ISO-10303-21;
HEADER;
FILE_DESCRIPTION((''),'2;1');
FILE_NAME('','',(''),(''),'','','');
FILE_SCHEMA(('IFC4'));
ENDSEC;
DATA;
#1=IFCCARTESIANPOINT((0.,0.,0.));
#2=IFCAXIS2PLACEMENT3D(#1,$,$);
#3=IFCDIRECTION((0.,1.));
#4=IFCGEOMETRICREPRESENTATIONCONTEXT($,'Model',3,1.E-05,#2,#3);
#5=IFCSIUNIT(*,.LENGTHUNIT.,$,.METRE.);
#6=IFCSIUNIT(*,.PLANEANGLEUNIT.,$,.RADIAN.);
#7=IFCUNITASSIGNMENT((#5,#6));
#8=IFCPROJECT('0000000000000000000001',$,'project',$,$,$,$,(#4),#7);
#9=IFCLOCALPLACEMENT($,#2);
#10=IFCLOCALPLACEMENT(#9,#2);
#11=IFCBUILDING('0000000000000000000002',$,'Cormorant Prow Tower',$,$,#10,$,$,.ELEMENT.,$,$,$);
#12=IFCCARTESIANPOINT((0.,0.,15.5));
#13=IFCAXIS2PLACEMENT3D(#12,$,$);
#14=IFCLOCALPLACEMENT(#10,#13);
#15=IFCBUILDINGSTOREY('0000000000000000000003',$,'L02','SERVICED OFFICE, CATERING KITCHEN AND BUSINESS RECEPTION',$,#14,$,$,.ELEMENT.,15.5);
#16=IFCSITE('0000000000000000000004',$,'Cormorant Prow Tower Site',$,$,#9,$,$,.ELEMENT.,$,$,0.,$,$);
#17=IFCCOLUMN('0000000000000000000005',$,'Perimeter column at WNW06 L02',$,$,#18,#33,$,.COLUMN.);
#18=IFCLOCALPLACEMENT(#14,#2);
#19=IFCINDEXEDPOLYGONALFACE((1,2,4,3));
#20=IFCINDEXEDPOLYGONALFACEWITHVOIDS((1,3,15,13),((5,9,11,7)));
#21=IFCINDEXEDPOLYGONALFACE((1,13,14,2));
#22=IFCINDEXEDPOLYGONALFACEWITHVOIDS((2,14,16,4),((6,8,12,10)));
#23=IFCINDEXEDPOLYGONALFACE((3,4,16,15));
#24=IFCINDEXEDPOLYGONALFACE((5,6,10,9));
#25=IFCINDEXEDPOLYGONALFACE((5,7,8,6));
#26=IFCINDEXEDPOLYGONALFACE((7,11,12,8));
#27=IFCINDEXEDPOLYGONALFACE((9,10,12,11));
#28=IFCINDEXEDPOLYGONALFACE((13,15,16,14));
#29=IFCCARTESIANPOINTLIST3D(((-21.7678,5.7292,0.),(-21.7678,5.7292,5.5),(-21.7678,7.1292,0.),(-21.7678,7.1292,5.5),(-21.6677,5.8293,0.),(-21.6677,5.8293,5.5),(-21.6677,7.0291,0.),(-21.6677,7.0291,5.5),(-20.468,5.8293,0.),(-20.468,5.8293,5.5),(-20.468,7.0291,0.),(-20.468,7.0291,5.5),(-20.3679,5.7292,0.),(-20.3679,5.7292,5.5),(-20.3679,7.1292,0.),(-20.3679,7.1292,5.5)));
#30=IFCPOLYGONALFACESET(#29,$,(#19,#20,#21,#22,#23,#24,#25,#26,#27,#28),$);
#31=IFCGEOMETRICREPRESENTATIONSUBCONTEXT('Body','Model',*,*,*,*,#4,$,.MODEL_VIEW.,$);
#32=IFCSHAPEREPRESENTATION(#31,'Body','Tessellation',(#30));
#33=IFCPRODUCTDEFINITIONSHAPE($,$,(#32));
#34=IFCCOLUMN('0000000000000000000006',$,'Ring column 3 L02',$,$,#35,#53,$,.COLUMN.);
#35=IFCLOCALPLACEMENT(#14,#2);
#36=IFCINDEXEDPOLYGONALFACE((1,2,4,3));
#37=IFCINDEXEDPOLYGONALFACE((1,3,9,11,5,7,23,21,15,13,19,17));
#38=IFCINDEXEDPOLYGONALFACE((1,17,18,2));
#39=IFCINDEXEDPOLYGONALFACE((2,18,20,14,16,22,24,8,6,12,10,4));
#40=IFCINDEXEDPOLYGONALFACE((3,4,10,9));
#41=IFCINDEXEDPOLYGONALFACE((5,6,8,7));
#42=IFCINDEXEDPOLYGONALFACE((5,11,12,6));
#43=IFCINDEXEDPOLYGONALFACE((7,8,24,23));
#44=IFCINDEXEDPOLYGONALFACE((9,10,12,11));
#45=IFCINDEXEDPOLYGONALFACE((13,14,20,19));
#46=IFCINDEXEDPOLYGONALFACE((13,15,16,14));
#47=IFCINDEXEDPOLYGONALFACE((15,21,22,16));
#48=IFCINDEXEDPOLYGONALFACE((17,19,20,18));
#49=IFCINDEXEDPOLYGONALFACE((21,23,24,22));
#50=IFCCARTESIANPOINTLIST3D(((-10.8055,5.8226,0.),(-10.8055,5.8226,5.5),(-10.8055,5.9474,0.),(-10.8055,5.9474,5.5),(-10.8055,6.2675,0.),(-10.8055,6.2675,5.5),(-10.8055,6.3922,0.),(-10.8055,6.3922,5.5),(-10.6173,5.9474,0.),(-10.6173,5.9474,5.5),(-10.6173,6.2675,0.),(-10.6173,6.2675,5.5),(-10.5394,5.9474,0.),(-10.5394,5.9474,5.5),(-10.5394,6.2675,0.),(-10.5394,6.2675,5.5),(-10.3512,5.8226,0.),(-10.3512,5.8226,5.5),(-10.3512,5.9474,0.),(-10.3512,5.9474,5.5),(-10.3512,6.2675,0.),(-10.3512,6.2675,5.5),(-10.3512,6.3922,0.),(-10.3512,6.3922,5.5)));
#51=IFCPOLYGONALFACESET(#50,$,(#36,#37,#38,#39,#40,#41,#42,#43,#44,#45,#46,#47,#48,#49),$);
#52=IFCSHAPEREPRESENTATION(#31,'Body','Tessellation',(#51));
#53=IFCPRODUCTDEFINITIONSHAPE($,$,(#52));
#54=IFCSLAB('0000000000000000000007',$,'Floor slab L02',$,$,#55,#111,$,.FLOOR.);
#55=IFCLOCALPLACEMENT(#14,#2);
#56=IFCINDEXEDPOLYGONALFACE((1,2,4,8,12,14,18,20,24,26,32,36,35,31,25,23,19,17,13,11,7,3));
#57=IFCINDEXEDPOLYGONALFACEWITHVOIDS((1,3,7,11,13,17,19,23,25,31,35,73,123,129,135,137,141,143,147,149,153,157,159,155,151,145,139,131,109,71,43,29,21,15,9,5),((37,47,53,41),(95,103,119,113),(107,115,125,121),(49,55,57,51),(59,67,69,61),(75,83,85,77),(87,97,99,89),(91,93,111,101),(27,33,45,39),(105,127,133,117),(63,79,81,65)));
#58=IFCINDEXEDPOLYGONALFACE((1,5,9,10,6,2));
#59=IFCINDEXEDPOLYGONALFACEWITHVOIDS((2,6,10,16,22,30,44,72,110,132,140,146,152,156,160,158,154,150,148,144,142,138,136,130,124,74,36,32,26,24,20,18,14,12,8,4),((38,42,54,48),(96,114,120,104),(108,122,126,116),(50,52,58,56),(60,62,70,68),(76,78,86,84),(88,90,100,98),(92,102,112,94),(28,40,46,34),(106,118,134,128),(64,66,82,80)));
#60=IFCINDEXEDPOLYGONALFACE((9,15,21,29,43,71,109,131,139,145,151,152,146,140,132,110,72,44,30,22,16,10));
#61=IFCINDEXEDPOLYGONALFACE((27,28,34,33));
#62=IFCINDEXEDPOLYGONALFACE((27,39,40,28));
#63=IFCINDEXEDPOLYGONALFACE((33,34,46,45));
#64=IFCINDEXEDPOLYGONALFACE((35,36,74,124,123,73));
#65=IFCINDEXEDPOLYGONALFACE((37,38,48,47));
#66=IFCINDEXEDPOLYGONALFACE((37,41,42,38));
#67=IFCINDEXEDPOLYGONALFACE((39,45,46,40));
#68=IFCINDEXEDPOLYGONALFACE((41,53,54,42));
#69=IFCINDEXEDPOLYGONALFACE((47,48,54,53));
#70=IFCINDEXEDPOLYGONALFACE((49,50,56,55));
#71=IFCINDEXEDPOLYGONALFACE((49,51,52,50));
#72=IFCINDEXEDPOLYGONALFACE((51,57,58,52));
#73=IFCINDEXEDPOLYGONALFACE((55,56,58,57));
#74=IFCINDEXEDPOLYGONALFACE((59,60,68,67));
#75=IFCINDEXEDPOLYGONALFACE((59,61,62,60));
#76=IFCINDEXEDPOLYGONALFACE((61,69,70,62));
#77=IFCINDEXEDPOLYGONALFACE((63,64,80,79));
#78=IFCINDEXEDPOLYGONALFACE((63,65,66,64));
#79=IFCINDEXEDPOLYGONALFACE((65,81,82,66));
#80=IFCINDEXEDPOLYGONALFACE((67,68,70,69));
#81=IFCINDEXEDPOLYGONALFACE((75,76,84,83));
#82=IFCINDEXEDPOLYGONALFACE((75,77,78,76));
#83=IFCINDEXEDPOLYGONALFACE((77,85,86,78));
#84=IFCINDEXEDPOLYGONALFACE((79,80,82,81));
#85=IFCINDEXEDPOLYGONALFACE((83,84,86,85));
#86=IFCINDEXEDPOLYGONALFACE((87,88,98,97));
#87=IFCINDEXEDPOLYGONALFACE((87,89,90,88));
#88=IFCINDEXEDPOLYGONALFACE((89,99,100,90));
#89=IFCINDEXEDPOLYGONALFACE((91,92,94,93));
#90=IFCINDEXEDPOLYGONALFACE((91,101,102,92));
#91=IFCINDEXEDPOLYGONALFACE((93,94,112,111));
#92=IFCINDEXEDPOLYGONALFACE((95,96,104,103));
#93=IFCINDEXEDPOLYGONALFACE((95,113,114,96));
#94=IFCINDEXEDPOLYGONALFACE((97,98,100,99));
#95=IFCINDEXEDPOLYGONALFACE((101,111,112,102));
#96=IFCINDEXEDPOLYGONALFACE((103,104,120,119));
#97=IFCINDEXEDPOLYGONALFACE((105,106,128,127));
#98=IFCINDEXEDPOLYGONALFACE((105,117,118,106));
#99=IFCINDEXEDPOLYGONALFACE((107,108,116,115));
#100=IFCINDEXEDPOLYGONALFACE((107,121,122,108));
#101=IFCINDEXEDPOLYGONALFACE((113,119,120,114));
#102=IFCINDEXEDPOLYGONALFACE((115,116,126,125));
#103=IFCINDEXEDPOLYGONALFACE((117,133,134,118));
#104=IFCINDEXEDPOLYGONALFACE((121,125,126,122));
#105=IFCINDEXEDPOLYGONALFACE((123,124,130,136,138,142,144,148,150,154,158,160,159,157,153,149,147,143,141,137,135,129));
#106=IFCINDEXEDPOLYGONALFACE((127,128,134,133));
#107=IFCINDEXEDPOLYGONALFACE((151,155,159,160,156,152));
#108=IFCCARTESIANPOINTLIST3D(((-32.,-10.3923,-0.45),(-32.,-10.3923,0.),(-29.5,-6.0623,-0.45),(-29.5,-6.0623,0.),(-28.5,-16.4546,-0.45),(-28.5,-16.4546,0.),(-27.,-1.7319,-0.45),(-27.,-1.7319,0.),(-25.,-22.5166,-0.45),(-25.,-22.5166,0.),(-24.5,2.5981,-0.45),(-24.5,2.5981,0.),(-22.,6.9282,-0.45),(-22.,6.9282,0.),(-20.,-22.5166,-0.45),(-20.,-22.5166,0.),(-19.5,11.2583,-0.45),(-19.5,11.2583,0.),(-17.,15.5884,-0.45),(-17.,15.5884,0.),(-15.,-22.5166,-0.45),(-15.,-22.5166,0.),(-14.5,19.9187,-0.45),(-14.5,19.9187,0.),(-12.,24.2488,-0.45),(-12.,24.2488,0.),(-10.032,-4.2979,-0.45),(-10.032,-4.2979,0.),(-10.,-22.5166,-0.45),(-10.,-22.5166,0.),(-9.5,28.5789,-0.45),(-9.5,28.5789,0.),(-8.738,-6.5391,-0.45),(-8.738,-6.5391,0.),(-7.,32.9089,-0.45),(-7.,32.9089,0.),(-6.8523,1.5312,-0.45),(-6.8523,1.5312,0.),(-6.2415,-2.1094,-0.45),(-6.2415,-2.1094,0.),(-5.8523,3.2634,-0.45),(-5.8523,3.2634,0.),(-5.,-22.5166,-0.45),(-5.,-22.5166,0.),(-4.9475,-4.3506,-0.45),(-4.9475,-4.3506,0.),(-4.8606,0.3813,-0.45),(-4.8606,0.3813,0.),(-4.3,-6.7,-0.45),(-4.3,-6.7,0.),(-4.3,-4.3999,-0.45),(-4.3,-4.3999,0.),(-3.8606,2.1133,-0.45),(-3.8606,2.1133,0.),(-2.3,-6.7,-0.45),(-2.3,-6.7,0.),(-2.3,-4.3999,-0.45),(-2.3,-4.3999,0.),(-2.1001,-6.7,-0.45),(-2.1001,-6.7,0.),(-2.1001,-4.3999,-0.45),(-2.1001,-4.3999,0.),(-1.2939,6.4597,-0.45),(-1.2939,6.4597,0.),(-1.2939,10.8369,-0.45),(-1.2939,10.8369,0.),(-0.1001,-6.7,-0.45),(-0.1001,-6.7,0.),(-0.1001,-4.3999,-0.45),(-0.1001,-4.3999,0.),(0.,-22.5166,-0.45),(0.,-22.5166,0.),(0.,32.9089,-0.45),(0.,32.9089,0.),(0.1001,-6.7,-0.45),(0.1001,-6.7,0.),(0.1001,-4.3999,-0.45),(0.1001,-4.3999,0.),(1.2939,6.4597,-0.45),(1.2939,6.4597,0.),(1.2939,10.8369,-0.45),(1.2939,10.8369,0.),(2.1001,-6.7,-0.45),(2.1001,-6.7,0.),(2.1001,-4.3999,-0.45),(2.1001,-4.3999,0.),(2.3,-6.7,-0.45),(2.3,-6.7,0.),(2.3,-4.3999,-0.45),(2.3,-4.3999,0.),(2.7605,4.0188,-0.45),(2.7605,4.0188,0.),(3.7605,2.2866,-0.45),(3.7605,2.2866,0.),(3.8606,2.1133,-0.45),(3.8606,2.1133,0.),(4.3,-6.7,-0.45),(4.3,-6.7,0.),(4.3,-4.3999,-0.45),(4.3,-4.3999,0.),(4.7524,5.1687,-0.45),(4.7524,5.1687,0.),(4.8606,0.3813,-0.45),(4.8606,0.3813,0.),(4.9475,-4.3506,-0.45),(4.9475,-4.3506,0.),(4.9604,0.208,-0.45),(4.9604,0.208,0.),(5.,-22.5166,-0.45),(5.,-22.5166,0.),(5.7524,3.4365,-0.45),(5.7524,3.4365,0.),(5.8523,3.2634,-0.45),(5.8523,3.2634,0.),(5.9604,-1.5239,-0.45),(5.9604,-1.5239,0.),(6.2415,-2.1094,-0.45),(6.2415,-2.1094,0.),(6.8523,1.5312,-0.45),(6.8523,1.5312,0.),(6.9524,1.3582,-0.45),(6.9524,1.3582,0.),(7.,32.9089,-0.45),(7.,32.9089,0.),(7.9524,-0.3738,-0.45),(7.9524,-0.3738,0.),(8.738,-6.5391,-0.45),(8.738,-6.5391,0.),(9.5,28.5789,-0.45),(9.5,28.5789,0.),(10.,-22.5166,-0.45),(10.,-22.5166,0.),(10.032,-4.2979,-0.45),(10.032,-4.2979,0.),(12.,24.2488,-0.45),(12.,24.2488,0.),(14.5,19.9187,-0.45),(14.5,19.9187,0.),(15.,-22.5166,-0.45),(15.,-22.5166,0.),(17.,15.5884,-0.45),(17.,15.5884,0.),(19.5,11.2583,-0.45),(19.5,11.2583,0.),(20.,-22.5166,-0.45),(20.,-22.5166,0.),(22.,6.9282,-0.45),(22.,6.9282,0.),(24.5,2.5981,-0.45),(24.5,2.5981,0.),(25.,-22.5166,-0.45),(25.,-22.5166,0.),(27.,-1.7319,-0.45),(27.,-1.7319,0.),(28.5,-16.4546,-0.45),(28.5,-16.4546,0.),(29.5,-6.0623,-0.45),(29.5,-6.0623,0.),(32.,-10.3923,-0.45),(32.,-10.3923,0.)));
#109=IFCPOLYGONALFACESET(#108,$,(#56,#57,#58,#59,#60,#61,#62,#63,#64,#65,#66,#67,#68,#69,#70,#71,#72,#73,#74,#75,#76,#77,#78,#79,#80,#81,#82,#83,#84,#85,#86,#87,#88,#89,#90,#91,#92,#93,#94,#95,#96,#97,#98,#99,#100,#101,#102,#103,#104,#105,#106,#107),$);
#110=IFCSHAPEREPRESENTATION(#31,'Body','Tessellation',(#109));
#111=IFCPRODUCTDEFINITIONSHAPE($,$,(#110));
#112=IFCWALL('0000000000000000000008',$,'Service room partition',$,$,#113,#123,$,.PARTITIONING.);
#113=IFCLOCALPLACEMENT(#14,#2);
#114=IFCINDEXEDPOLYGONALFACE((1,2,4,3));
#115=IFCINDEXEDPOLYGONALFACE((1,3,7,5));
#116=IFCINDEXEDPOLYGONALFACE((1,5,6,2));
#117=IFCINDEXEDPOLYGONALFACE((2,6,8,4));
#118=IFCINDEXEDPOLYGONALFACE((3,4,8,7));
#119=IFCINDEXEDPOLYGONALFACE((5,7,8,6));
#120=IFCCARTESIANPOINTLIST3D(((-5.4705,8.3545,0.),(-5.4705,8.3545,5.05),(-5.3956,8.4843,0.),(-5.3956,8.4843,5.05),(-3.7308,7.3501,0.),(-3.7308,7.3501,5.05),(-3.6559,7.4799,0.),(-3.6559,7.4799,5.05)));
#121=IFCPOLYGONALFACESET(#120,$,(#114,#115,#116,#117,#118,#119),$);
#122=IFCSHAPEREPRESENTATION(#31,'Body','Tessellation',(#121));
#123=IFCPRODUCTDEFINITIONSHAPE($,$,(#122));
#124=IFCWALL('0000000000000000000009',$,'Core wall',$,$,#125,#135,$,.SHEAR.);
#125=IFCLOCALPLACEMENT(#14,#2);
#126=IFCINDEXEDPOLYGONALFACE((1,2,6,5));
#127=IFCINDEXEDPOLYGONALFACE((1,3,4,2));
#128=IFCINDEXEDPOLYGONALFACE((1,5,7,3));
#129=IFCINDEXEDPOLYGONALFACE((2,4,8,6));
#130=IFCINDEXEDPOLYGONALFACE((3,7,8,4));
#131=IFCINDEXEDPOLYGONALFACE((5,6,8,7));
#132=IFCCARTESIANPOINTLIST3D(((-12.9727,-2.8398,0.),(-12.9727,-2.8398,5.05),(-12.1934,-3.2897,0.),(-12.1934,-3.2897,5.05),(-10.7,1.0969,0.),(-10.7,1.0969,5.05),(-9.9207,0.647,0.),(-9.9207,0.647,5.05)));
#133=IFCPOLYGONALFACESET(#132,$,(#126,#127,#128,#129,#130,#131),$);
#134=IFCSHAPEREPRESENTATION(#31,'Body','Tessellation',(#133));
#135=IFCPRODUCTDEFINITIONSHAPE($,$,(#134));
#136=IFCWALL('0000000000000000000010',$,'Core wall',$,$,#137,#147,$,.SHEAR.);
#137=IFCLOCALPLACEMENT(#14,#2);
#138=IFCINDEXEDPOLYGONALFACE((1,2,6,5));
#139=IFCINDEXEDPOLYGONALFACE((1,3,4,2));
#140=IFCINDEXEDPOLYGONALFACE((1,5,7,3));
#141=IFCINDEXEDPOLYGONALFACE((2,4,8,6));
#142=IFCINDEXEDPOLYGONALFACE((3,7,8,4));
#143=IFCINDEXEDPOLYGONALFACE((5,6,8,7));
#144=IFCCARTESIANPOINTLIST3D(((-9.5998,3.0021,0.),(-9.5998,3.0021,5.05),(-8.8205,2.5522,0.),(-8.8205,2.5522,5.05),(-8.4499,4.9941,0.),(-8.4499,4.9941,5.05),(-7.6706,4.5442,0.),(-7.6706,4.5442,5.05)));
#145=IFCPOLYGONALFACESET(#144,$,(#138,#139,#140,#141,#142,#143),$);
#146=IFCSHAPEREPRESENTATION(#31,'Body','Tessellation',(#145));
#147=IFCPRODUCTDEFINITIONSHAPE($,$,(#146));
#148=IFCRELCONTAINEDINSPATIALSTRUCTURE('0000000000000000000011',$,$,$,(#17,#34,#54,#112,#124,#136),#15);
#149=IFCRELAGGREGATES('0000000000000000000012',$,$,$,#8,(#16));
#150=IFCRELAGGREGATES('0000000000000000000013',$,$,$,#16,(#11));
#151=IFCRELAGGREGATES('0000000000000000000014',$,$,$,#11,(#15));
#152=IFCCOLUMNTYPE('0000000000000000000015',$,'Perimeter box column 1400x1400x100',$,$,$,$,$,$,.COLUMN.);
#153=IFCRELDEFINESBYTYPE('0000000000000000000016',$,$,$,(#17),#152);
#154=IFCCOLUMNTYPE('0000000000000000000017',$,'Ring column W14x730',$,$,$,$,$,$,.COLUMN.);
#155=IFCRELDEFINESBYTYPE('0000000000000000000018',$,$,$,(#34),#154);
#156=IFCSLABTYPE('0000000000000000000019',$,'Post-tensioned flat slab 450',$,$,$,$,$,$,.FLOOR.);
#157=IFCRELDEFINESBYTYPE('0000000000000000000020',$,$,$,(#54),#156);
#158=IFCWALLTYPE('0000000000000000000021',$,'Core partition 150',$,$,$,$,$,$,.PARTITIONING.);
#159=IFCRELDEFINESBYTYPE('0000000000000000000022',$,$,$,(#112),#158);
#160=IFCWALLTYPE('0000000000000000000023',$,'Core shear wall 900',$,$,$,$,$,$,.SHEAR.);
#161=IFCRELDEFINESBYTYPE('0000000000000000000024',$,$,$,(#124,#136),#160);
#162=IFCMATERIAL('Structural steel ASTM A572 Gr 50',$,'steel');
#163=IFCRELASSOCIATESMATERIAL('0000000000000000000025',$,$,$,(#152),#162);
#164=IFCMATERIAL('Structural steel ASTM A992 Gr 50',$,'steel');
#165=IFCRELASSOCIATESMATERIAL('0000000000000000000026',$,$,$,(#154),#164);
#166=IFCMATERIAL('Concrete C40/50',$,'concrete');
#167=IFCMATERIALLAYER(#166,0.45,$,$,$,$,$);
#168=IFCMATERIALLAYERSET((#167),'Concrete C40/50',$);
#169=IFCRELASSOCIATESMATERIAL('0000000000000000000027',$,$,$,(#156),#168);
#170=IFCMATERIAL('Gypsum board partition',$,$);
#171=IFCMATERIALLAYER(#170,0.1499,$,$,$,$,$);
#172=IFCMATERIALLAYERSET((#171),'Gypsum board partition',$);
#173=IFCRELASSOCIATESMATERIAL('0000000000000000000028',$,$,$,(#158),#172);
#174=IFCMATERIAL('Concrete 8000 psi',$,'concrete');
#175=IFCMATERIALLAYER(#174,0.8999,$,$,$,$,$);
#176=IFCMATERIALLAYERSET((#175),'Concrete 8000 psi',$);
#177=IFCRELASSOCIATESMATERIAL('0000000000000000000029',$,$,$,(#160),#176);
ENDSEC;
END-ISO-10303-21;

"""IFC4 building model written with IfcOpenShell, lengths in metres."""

from ifc_helpers import new_model, si_unit, direction, frame, frame_2d, origin, origin_2d, place, context, subcontext, project, spatial, polyline, rectangle, hollow_rectangle, i_section, outline, extrude, material, layer, layer_set, material_profile, profile_set, type_object, element, save


model = new_model("IFC4")

# Units and contexts
model_context = context("Model", 3, precision=1e-05, world=origin(), true_north=direction((0.0, 1.0)))
body_context = subcontext(model_context, "Body", "Model", "MODEL_VIEW")
ifc_project = project(units=[si_unit("LENGTHUNIT", "METRE"), si_unit("PLANEANGLEUNIT", "RADIAN")], contexts=[model_context])

# Site, building, storey
site_placement = place(None, origin())
site = spatial("IfcSite", under=ifc_project, at=site_placement, Name="Cormorant Prow Tower Site", CompositionType="ELEMENT", RefElevation=0.0)
building_placement = place(site_placement, origin())
building = spatial("IfcBuilding", under=site, at=building_placement, Name="Cormorant Prow Tower", CompositionType="ELEMENT")
storey_placement = place(building_placement, frame((0.0, 0.0, 15.5)))
storey = spatial("IfcBuildingStorey", under=building, at=storey_placement, Name="L02", Description="SERVICED OFFICE, CATERING KITCHEN AND BUSINESS RECEPTION", CompositionType="ELEMENT", Elevation=15.5)

# Columns
ifc_material_1 = material(Name="Structural steel ASTM A572 Gr 50", Category="steel")
ifc_material_profile_1 = material_profile(ifc_material_1, hollow_rectangle(XDim=1.3999, YDim=1.3999, WallThickness=0.1001, at=origin_2d()), Name="Box 1400x1400x100")
ifc_profile_set_1 = profile_set([ifc_material_profile_1], Name="Structural steel ASTM A572 Gr 50")
column_type_1 = type_object("IfcColumnType", Name="Perimeter box column 1400x1400x100", PredefinedType="COLUMN", material=ifc_profile_set_1)
column_1_placement = place(storey_placement, frame((-21.0679, 6.4292, 0.0), z_axis=(0.0, 0.0, 1.0), x_axis=(1.0, 0.0, 0.0)))
element("IfcColumn", 1, at=column_1_placement, inside=storey, type_object=column_type_1, Name="Perimeter column at WNW06 L02", PredefinedType="COLUMN", context=body_context, shape_type="SweptSolid", body=[
    extrude(hollow_rectangle(XDim=1.3999, YDim=1.3999, WallThickness=0.1001, at=origin_2d()), origin(), (0.0, 0.0, 1.0), 5.5),
])
ifc_material_2 = material(Name="Structural steel ASTM A992 Gr 50", Category="steel")
ifc_material_profile_2 = material_profile(ifc_material_2, i_section(OverallWidth=0.4543, OverallDepth=0.5696, WebThickness=0.0779, FlangeThickness=0.1248, at=origin_2d()), Name="W14x730")
ifc_profile_set_2 = profile_set([ifc_material_profile_2], Name="Structural steel ASTM A992 Gr 50")
column_type_2 = type_object("IfcColumnType", Name="Ring column W14x730", PredefinedType="COLUMN", material=ifc_profile_set_2)
column_2_placement = place(storey_placement, frame((-10.5784, 6.1074, 0.0), z_axis=(0.0, 0.0, 1.0), x_axis=(1.0, 0.0, 0.0)))
element("IfcColumn", 2, at=column_2_placement, inside=storey, type_object=column_type_2, Name="Ring column 3 L02", PredefinedType="COLUMN", context=body_context, shape_type="SweptSolid", body=[
    extrude(i_section(OverallWidth=0.4543, OverallDepth=0.5696, WebThickness=0.0779, FlangeThickness=0.1248, at=origin_2d()), origin(), (0.0, 0.0, 1.0), 5.5),
])

# Slab
ifc_material_3 = material(Name="Concrete C40/50", Category="concrete")
ifc_layer_1 = layer(ifc_material_3, 0.45)
ifc_layer_set_1 = layer_set([ifc_layer_1], Name="Concrete C40/50")
slab_type = type_object("IfcSlabType", Name="Post-tensioned flat slab 450", PredefinedType="FLOOR", material=ifc_layer_set_1)
slab_placement = place(storey_placement, frame((0.0, 0.0, -0.45)))
element("IfcSlab", 3, at=slab_placement, inside=storey, type_object=slab_type, Name="Floor slab L02", PredefinedType="FLOOR", context=body_context, shape_type="SweptSolid", body=[
    extrude(outline(polyline([(-9.5, 28.5789), (-12.0, 24.2488), (-14.5, 19.9187), (-17.0, 15.5884), (-19.5, 11.2583), (-22.0, 6.9282), (-24.5, 2.5981), (-27.0, -1.7319), (-29.5, -6.0623), (-32.0, -10.3923), (-28.5, -16.4546), (-25.0, -22.5166), (-20.0, -22.5166), (-15.0, -22.5166), (-10.0, -22.5166), (-5.0, -22.5166), (0.0, -22.5166), (5.0, -22.5166), (10.0, -22.5166), (15.0, -22.5166), (20.0, -22.5166), (25.0, -22.5166), (28.5, -16.4546), (32.0, -10.3923), (29.5, -6.0623), (27.0, -1.7319), (24.5, 2.5981), (22.0, 6.9282), (19.5, 11.2583), (17.0, 15.5884), (14.5, 19.9187), (12.0, 24.2488), (9.5, 28.5789), (7.0, 32.9089), (0.0, 32.9089), (-7.0, 32.9089), (-9.5, 28.5789)]), holes=[polyline([(-4.3, -6.7), (-4.3, -4.3999), (-2.3, -4.3999), (-2.3, -6.7), (-4.3, -6.7)]), polyline([(-2.1001, -4.3999), (-0.1001, -4.3999), (-0.1001, -6.7), (-2.1001, -6.7), (-2.1001, -4.3999)]), polyline([(2.1001, -4.3999), (2.1001, -6.7), (0.1001, -6.7), (0.1001, -4.3999), (2.1001, -4.3999)]), polyline([(4.3, -6.7), (2.3, -6.7), (2.3, -4.3999), (4.3, -4.3999), (4.3, -6.7)]), polyline([(7.9524, -0.3738), (5.9604, -1.5239), (4.9604, 0.208), (6.9524, 1.3582), (7.9524, -0.3738)]), polyline([(4.8606, 0.3813), (3.8606, 2.1133), (5.8523, 3.2634), (6.8523, 1.5312), (4.8606, 0.3813)]), polyline([(2.7605, 4.0188), (4.7524, 5.1687), (5.7524, 3.4365), (3.7605, 2.2866), (2.7605, 4.0188)]), polyline([(-6.8523, 1.5312), (-5.8523, 3.2634), (-3.8606, 2.1133), (-4.8606, 0.3813), (-6.8523, 1.5312)]), polyline([(-4.9475, -4.3506), (-8.738, -6.5391), (-10.032, -4.2979), (-6.2415, -2.1094), (-4.9475, -4.3506)]), polyline([(10.032, -4.2979), (8.738, -6.5391), (4.9475, -4.3506), (6.2415, -2.1094), (10.032, -4.2979)]), polyline([(1.2939, 10.8369), (1.2939, 6.4597), (-1.2939, 6.4597), (-1.2939, 10.8369), (1.2939, 10.8369)])]), origin(), (0.0, 0.0, 1.0), 0.45),
])

# Walls
ifc_material_4 = material(Name="Gypsum board partition")
ifc_layer_2 = layer(ifc_material_4, 0.1499)
ifc_layer_set_2 = layer_set([ifc_layer_2], Name="Gypsum board partition")
wall_type_1 = type_object("IfcWallType", Name="Core partition 150", PredefinedType="PARTITIONING", material=ifc_layer_set_2)
wall_1_placement = place(storey_placement, frame((-3.6934, 7.415, 0.0), z_axis=(0.0, 0.0, 1.0), x_axis=(-0.866036, 0.499982, 0.0)))
element("IfcWall", 4, at=wall_1_placement, inside=storey, type_object=wall_type_1, Name="Service room partition", PredefinedType="PARTITIONING", context=body_context, shape_type="SweptSolid", body=[
    extrude(rectangle(XDim=2.0088, YDim=0.1499, at=frame_2d((1.0044, 0.0))), origin(), (0.0, 0.0, 1.0), 5.05),
])
ifc_material_5 = material(Name="Concrete 8000 psi", Category="concrete")
ifc_layer_3 = layer(ifc_material_5, 0.8999)
ifc_layer_set_3 = layer_set([ifc_layer_3], Name="Concrete 8000 psi")
wall_type_2 = type_object("IfcWallType", Name="Core shear wall 900", PredefinedType="SHEAR", material=ifc_layer_set_3)
wall_2_placement = place(storey_placement, frame((-10.3103, 0.8721, 0.0), z_axis=(0.0, 0.0, 1.0), x_axis=(-0.499969, -0.866043, 0.0)))
element("IfcWall", 5, at=wall_2_placement, inside=storey, type_object=wall_type_2, Name="Core wall", PredefinedType="SHEAR", context=body_context, shape_type="SweptSolid", body=[
    extrude(rectangle(XDim=4.5457, YDim=0.8999, at=frame_2d((2.2729, 0.0))), origin(), (0.0, 0.0, 1.0), 5.05),
])
wall_3_placement = place(storey_placement, frame((-8.0603, 4.769, 0.0), z_axis=(0.0, 0.0, 1.0), x_axis=(-0.499952, -0.866053, 0.0)))
element("IfcWall", 6, at=wall_3_placement, inside=storey, type_object=wall_type_2, Name="Core wall", PredefinedType="SHEAR", context=body_context, shape_type="SweptSolid", body=[
    extrude(rectangle(XDim=2.3, YDim=0.8999, at=frame_2d((1.1499, 0.0))), origin(), (0.0, 0.0, 1.0), 5.05),
])

save(model, "model.ifc")
